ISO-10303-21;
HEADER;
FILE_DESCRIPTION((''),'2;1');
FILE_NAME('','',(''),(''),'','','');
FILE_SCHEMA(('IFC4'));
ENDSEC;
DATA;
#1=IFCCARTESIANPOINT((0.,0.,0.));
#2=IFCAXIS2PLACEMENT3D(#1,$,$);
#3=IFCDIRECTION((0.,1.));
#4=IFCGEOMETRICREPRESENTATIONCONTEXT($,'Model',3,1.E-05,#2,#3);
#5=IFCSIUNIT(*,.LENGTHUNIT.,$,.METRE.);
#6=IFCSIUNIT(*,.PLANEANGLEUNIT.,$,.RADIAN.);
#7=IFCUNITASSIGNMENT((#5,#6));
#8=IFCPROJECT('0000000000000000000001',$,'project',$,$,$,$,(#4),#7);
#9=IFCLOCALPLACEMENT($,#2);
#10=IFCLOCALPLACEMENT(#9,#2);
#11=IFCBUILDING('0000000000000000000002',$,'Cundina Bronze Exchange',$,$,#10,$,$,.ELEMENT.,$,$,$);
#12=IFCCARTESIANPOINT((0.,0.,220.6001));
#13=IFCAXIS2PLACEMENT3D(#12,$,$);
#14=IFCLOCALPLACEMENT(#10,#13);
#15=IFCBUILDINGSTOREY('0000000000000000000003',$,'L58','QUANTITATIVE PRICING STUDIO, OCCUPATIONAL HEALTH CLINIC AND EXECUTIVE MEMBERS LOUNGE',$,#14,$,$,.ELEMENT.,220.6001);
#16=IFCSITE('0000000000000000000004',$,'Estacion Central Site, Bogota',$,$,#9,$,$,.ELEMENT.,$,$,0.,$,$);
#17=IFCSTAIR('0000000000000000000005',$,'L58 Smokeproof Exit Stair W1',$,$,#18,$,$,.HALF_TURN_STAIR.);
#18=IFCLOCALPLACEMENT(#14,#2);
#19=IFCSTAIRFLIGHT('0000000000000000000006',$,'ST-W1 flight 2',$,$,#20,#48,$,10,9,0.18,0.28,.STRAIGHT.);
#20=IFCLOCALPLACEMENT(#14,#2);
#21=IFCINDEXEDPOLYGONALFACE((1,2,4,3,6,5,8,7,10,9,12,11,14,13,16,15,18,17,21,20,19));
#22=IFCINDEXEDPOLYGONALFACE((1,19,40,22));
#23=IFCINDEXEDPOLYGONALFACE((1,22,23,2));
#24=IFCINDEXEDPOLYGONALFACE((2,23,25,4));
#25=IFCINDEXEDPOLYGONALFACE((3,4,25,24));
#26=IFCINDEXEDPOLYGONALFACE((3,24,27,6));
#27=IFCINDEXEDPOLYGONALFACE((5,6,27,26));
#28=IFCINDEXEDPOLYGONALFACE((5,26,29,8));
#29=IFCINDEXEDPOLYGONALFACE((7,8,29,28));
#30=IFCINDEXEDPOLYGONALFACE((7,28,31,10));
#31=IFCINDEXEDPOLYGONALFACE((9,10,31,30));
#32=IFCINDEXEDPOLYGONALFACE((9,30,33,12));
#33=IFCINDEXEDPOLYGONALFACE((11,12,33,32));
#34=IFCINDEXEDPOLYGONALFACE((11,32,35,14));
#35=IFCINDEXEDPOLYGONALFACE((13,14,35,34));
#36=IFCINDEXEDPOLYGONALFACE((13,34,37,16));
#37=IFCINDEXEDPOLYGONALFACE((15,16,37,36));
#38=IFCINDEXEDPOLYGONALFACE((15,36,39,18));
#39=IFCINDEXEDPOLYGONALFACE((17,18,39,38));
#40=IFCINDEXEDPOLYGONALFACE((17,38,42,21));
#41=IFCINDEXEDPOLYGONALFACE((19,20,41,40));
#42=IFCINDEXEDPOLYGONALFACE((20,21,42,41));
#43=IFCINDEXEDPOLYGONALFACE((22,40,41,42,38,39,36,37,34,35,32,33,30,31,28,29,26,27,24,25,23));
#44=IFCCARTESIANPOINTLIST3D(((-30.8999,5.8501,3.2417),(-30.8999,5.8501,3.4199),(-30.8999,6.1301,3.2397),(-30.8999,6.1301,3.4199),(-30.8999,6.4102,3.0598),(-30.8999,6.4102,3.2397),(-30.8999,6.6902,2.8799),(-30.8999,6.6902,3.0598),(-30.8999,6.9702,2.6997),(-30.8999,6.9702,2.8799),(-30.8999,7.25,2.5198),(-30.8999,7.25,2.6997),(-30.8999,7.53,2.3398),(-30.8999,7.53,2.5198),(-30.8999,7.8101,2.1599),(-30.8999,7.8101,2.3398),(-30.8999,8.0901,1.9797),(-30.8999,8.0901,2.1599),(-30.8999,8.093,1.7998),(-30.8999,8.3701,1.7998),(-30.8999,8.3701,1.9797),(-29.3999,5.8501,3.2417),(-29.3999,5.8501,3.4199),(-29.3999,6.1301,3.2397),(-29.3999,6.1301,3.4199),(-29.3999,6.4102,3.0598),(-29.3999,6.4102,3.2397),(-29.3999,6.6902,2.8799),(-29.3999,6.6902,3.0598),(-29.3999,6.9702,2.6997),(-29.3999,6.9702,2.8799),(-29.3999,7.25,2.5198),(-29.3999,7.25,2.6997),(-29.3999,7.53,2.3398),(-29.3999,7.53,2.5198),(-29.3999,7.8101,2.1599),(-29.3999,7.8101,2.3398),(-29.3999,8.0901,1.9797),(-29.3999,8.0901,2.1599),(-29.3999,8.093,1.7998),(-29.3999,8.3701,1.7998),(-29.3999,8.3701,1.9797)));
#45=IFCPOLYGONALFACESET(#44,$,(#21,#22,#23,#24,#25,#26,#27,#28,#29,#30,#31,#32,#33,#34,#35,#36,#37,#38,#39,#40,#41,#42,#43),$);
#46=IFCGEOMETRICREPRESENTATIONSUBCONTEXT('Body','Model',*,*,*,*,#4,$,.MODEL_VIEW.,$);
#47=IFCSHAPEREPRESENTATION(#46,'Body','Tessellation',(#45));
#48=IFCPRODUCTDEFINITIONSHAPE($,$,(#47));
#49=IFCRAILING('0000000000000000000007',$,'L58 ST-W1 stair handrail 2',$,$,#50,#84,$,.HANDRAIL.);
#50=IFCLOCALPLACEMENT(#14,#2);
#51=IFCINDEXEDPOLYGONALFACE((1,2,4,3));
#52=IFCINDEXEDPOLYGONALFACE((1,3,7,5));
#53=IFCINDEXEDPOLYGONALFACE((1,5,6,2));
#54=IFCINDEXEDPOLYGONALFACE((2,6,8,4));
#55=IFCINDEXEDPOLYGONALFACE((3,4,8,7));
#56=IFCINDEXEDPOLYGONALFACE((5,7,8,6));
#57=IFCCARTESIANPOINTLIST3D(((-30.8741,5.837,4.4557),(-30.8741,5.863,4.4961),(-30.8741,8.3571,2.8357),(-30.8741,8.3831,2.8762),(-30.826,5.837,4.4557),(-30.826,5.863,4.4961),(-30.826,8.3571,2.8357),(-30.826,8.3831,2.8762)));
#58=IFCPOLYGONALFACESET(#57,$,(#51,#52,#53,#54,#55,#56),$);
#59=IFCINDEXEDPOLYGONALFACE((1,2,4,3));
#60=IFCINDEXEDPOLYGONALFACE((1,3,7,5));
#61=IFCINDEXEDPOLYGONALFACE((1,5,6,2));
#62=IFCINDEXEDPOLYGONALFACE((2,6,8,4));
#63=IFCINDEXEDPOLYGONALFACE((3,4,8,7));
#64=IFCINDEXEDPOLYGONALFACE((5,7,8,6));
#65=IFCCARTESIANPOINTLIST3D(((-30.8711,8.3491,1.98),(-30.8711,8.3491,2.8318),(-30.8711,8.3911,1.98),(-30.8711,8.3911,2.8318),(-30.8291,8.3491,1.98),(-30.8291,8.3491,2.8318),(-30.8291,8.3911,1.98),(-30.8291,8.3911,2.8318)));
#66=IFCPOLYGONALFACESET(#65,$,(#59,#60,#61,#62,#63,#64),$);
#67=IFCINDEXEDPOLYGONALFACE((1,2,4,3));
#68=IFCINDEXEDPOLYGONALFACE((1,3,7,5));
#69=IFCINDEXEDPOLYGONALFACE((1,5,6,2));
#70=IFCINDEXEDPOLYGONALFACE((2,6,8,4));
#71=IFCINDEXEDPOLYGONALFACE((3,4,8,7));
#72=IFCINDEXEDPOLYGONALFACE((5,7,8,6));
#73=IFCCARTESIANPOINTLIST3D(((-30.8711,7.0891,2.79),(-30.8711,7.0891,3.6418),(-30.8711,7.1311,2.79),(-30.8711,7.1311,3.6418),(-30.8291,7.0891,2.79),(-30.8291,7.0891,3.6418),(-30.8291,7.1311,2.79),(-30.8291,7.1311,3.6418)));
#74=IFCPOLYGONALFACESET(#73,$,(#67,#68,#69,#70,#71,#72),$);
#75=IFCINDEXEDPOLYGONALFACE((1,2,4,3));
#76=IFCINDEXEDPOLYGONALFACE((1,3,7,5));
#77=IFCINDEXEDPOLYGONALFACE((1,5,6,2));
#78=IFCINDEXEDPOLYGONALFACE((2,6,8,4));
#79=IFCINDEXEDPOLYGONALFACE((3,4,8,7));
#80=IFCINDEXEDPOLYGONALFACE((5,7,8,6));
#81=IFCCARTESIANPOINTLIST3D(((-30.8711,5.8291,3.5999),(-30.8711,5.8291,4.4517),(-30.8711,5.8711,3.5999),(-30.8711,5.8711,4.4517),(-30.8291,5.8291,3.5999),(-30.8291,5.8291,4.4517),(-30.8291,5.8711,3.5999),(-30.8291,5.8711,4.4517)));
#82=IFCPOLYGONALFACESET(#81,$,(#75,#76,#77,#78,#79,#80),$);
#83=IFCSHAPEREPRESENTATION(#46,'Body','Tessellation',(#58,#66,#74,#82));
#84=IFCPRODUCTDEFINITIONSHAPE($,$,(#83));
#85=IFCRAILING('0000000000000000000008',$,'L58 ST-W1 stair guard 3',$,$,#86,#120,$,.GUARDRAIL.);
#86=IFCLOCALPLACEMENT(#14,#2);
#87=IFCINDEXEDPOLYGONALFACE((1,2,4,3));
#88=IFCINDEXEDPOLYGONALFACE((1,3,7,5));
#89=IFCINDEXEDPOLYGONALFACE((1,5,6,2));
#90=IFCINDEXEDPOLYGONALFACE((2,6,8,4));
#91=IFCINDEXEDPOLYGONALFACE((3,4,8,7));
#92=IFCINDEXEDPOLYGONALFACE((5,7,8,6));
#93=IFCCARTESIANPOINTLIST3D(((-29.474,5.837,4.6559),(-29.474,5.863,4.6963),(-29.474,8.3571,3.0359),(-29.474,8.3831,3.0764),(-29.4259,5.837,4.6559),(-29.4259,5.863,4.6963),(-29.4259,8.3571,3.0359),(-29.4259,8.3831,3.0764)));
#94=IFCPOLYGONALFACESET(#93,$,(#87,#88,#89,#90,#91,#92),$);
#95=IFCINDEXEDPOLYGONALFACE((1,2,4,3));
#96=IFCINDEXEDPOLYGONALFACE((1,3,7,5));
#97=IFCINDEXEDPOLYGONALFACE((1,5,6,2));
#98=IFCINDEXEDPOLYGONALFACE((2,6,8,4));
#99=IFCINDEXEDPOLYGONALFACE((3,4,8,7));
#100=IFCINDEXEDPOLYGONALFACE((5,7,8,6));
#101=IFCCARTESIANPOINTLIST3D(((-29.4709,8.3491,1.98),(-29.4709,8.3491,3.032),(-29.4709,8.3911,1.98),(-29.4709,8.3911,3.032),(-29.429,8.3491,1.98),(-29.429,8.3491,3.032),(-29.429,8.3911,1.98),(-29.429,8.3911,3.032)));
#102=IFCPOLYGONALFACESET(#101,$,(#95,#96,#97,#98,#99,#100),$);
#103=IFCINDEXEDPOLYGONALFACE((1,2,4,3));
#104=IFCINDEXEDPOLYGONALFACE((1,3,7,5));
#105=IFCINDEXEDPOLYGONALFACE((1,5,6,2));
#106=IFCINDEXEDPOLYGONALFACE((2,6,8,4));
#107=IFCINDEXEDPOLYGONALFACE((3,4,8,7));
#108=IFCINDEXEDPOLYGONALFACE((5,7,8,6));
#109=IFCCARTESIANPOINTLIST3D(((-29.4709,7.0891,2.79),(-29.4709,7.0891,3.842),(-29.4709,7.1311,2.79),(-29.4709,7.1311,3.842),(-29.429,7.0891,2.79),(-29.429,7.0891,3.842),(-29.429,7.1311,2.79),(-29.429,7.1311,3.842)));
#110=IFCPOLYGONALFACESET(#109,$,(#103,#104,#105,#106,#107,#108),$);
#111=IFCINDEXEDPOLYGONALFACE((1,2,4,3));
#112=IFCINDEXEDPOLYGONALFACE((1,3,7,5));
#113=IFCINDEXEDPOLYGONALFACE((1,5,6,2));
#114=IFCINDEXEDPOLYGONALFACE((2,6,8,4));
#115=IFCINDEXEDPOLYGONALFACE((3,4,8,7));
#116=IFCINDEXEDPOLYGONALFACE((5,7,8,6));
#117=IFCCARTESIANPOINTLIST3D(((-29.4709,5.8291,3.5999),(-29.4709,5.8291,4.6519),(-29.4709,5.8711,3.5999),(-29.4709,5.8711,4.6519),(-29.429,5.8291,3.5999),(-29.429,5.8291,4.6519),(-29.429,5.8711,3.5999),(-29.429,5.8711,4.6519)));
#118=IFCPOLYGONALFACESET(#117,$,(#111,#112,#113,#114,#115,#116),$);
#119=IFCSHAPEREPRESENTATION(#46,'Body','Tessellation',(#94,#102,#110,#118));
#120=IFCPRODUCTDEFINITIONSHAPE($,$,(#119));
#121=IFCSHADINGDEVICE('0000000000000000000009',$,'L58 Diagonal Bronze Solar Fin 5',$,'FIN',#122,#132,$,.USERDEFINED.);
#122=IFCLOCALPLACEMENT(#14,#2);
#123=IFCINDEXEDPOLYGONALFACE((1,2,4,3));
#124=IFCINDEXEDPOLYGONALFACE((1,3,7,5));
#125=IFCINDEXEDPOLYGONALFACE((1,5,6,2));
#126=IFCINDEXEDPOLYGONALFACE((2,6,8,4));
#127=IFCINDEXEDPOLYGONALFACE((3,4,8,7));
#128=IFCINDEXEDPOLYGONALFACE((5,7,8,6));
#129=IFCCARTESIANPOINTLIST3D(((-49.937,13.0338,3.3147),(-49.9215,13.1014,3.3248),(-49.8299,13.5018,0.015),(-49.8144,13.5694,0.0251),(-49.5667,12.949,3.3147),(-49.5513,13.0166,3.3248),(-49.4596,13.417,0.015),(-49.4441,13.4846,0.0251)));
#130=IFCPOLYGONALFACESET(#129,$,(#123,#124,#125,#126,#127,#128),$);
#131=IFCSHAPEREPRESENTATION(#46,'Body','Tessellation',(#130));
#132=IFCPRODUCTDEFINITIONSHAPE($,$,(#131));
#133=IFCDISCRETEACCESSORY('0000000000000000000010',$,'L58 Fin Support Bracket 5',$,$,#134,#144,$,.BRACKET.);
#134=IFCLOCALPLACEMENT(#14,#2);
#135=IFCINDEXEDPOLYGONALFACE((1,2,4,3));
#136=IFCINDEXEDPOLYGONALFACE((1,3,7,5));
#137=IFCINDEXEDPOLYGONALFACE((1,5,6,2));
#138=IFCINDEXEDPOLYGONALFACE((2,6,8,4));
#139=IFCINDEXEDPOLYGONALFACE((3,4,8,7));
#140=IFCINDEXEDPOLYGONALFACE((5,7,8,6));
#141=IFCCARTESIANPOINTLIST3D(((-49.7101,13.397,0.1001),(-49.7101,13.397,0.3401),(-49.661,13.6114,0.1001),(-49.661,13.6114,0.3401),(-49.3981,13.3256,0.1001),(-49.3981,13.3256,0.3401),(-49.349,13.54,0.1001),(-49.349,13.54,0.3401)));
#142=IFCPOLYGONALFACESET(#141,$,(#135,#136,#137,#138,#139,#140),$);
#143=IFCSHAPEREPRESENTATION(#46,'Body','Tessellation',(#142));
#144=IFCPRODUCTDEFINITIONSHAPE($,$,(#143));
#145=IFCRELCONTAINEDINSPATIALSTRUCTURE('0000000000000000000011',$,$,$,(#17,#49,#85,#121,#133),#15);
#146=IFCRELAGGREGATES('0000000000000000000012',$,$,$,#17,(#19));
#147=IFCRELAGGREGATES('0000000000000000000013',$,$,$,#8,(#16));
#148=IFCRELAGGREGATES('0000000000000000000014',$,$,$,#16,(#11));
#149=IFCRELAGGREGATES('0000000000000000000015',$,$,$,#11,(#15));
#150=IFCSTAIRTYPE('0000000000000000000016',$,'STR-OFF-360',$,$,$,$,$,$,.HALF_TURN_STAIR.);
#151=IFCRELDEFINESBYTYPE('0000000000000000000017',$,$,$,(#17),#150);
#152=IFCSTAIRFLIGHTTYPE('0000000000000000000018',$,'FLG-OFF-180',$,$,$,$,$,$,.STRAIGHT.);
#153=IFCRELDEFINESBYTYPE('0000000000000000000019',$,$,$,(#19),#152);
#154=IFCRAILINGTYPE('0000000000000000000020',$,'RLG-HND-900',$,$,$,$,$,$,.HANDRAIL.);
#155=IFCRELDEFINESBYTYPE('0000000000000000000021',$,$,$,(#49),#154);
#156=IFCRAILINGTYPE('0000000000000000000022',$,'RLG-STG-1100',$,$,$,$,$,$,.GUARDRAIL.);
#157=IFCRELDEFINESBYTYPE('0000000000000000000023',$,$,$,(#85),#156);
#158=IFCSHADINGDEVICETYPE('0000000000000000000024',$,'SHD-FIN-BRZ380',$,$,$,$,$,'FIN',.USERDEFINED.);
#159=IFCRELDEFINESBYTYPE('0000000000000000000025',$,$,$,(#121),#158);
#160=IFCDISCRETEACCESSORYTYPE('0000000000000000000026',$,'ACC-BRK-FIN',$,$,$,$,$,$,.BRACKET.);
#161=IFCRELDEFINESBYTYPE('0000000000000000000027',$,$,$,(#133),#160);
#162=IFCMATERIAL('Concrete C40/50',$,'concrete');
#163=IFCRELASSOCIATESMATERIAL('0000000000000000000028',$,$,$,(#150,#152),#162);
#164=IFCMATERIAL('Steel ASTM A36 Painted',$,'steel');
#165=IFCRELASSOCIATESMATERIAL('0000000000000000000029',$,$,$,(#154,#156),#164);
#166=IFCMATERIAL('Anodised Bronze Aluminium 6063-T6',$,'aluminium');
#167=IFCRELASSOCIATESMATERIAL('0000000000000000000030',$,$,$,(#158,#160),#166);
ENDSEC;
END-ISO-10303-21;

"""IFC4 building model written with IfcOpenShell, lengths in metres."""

from ifc_helpers import new_model, si_unit, direction, frame, origin, origin_2d, place, context, subcontext, project, spatial, polyline, rectangle, outline, extrude, material, material_profile, profile_set, type_object, element, aggregate, save


model = new_model("IFC4")

# Units and contexts
model_context = context("Model", 3, precision=1e-05, world=origin(), true_north=direction((0.0, 1.0)))
body_context = subcontext(model_context, "Body", "Model", "MODEL_VIEW")
ifc_project = project(units=[si_unit("LENGTHUNIT", "METRE"), si_unit("PLANEANGLEUNIT", "RADIAN")], contexts=[model_context])

# Site, building, storey
site_placement = place(None, origin())
site = spatial("IfcSite", under=ifc_project, at=site_placement, Name="Estacion Central Site, Bogota", CompositionType="ELEMENT", RefElevation=0.0)
building_placement = place(site_placement, origin())
building = spatial("IfcBuilding", under=site, at=building_placement, Name="Cundina Bronze Exchange", CompositionType="ELEMENT")
storey_placement = place(building_placement, frame((0.0, 0.0, 220.6001)))
storey = spatial("IfcBuildingStorey", under=building, at=storey_placement, Name="L58", Description="QUANTITATIVE PRICING STUDIO, OCCUPATIONAL HEALTH CLINIC AND EXECUTIVE MEMBERS LOUNGE", CompositionType="ELEMENT", Elevation=220.6001)

# Shared definitions
ifc_material_1 = material(Name="Anodised Bronze Aluminium 6063-T6", Category="aluminium")

# Shared definitions
ifc_material_2 = material(Name="Steel ASTM A36 Painted", Category="steel")

# Stair, stair flight
ifc_material_3 = material(Name="Concrete C40/50", Category="concrete")
stair_type = type_object("IfcStairType", Name="STR-OFF-360", PredefinedType="HALF_TURN_STAIR", material=ifc_material_3)
stair_placement = place(storey_placement, origin())
stair = element("IfcStair", 1, at=stair_placement, inside=storey, type_object=stair_type, Name="L58 Smokeproof Exit Stair W1", PredefinedType="HALF_TURN_STAIR")
stair_flight_type = type_object("IfcStairFlightType", Name="FLG-OFF-180", PredefinedType="STRAIGHT", material=ifc_material_3)
stair_flight_placement = place(storey_placement, frame((-30.1499, 8.3701, 1.7998), z_axis=(0.0, 0.0, 1.0), x_axis=(0.0, -1.0, 0.0)))
stair_flight = element("IfcStairFlight", 2, at=stair_flight_placement, type_object=stair_flight_type, Name="ST-W1 flight 2", NumberOfRisers=10, NumberOfTreads=9, PredefinedType="STRAIGHT", RiserHeight=0.18, TreadLength=0.28, context=body_context, shape_type="SweptSolid", body=[
    extrude(outline(polyline([(0.0, 0.0), (0.0, 0.1799), (0.28, 0.1799), (0.28, 0.3601), (0.5601, 0.3601), (0.5601, 0.54), (0.8401, 0.54), (0.8401, 0.72), (1.1201, 0.72), (1.1201, 0.8999), (1.3999, 0.8999), (1.3999, 1.0801), (1.6799, 1.0801), (1.6799, 1.26), (1.96, 1.26), (1.96, 1.4399), (2.24, 1.4399), (2.24, 1.6201), (2.52, 1.6201), (2.52, 1.8), (2.52, 1.4419), (0.2771, 0.0), (0.0, 0.0)])), frame((0.0, 0.75, 0.0), z_axis=(0.0, -1.0, 0.0), x_axis=(1.0, 0.0, 0.0)), (0.0, 0.0, 1.0), 1.5),
])
aggregate(stair, [stair_flight])

# Railings
railing_type_1 = type_object("IfcRailingType", Name="RLG-HND-900", PredefinedType="HANDRAIL", material=ifc_material_2)
railing_1_placement = place(storey_placement, frame((-30.8501, 8.3701, 1.98)))
element("IfcRailing", 3, at=railing_1_placement, inside=storey, type_object=railing_type_1, Name="L58 ST-W1 stair handrail 2", PredefinedType="HANDRAIL", context=body_context, shape_type="SweptSolid", body=[
    extrude(rectangle(XDim=0.0481, YDim=0.0481, at=origin_2d()), frame((0.0, 0.0, 0.876), z_axis=(0.0, -0.8412, 0.540725), x_axis=(1.0, 0.0, 0.0)), (0.0, 0.0, 1.0), 2.9958),
    extrude(rectangle(XDim=0.042, YDim=0.042, at=origin_2d()), origin(), (0.0, 0.0, 1.0), 0.8518),
    extrude(rectangle(XDim=0.042, YDim=0.042, at=origin_2d()), frame((0.0, -1.26, 0.8101)), (0.0, 0.0, 1.0), 0.8518),
    extrude(rectangle(XDim=0.042, YDim=0.042, at=origin_2d()), frame((0.0, -2.52, 1.6199)), (0.0, 0.0, 1.0), 0.8518),
])
railing_type_2 = type_object("IfcRailingType", Name="RLG-STG-1100", PredefinedType="GUARDRAIL", material=ifc_material_2)
railing_2_placement = place(storey_placement, frame((-29.45, 8.3701, 1.98)))
element("IfcRailing", 4, at=railing_2_placement, inside=storey, type_object=railing_type_2, Name="L58 ST-W1 stair guard 3", PredefinedType="GUARDRAIL", context=body_context, shape_type="SweptSolid", body=[
    extrude(rectangle(XDim=0.0481, YDim=0.0481, at=origin_2d()), frame((0.0, 0.0, 1.0762), z_axis=(0.0, -0.8412, 0.540725), x_axis=(1.0, 0.0, 0.0)), (0.0, 0.0, 1.0), 2.9958),
    extrude(rectangle(XDim=0.042, YDim=0.042, at=origin_2d()), origin(), (0.0, 0.0, 1.0), 1.052),
    extrude(rectangle(XDim=0.042, YDim=0.042, at=origin_2d()), frame((0.0, -1.26, 0.8101)), (0.0, 0.0, 1.0), 1.052),
    extrude(rectangle(XDim=0.042, YDim=0.042, at=origin_2d()), frame((0.0, -2.52, 1.6199)), (0.0, 0.0, 1.0), 1.052),
])

# Shading device
ifc_material_profile_1 = material_profile(ifc_material_1, rectangle(XDim=0.0701, YDim=0.3799, at=origin_2d()), Name="FIN70X380", Category="aluminium")
ifc_profile_set_1 = profile_set([ifc_material_profile_1], Name="Anodised Bronze Aluminium 6063-T6")
shading_device_type = type_object("IfcShadingDeviceType", Name="SHD-FIN-BRZ380", ElementType="FIN", PredefinedType="USERDEFINED", material=ifc_profile_set_1)
shading_device_placement = place(storey_placement, frame((-49.637, 13.4932, 0.02), z_axis=(-0.032142, -0.140354, 0.98958), x_axis=(0.220899, 0.964609, 0.143987)))
element("IfcShadingDevice", 5, at=shading_device_placement, inside=storey, type_object=shading_device_type, Name="L58 Diagonal Bronze Solar Fin 5", ObjectType="FIN", PredefinedType="USERDEFINED", context=body_context, shape_type="SweptSolid", body=[
    extrude(rectangle(XDim=0.0701, YDim=0.3799, at=origin_2d()), origin(), (0.0, 0.0, 1.0), 3.3345),
])

# Discrete accessory
discrete_accessory_type = type_object("IfcDiscreteAccessoryType", Name="ACC-BRK-FIN", PredefinedType="BRACKET", material=ifc_material_1)
discrete_accessory_placement = place(storey_placement, frame((-49.5295, 13.4685, 0.1001), z_axis=(0.0, 0.0, 1.0), x_axis=(-0.223284, -0.974753, 0.0)))
element("IfcDiscreteAccessory", 6, at=discrete_accessory_placement, inside=storey, type_object=discrete_accessory_type, Name="L58 Fin Support Bracket 5", PredefinedType="BRACKET", context=body_context, shape_type="SweptSolid", body=[
    extrude(rectangle(XDim=0.22, YDim=0.3201, at=origin_2d()), origin(), (0.0, 0.0, 1.0), 0.24),
])

save(model, "model.ifc")
